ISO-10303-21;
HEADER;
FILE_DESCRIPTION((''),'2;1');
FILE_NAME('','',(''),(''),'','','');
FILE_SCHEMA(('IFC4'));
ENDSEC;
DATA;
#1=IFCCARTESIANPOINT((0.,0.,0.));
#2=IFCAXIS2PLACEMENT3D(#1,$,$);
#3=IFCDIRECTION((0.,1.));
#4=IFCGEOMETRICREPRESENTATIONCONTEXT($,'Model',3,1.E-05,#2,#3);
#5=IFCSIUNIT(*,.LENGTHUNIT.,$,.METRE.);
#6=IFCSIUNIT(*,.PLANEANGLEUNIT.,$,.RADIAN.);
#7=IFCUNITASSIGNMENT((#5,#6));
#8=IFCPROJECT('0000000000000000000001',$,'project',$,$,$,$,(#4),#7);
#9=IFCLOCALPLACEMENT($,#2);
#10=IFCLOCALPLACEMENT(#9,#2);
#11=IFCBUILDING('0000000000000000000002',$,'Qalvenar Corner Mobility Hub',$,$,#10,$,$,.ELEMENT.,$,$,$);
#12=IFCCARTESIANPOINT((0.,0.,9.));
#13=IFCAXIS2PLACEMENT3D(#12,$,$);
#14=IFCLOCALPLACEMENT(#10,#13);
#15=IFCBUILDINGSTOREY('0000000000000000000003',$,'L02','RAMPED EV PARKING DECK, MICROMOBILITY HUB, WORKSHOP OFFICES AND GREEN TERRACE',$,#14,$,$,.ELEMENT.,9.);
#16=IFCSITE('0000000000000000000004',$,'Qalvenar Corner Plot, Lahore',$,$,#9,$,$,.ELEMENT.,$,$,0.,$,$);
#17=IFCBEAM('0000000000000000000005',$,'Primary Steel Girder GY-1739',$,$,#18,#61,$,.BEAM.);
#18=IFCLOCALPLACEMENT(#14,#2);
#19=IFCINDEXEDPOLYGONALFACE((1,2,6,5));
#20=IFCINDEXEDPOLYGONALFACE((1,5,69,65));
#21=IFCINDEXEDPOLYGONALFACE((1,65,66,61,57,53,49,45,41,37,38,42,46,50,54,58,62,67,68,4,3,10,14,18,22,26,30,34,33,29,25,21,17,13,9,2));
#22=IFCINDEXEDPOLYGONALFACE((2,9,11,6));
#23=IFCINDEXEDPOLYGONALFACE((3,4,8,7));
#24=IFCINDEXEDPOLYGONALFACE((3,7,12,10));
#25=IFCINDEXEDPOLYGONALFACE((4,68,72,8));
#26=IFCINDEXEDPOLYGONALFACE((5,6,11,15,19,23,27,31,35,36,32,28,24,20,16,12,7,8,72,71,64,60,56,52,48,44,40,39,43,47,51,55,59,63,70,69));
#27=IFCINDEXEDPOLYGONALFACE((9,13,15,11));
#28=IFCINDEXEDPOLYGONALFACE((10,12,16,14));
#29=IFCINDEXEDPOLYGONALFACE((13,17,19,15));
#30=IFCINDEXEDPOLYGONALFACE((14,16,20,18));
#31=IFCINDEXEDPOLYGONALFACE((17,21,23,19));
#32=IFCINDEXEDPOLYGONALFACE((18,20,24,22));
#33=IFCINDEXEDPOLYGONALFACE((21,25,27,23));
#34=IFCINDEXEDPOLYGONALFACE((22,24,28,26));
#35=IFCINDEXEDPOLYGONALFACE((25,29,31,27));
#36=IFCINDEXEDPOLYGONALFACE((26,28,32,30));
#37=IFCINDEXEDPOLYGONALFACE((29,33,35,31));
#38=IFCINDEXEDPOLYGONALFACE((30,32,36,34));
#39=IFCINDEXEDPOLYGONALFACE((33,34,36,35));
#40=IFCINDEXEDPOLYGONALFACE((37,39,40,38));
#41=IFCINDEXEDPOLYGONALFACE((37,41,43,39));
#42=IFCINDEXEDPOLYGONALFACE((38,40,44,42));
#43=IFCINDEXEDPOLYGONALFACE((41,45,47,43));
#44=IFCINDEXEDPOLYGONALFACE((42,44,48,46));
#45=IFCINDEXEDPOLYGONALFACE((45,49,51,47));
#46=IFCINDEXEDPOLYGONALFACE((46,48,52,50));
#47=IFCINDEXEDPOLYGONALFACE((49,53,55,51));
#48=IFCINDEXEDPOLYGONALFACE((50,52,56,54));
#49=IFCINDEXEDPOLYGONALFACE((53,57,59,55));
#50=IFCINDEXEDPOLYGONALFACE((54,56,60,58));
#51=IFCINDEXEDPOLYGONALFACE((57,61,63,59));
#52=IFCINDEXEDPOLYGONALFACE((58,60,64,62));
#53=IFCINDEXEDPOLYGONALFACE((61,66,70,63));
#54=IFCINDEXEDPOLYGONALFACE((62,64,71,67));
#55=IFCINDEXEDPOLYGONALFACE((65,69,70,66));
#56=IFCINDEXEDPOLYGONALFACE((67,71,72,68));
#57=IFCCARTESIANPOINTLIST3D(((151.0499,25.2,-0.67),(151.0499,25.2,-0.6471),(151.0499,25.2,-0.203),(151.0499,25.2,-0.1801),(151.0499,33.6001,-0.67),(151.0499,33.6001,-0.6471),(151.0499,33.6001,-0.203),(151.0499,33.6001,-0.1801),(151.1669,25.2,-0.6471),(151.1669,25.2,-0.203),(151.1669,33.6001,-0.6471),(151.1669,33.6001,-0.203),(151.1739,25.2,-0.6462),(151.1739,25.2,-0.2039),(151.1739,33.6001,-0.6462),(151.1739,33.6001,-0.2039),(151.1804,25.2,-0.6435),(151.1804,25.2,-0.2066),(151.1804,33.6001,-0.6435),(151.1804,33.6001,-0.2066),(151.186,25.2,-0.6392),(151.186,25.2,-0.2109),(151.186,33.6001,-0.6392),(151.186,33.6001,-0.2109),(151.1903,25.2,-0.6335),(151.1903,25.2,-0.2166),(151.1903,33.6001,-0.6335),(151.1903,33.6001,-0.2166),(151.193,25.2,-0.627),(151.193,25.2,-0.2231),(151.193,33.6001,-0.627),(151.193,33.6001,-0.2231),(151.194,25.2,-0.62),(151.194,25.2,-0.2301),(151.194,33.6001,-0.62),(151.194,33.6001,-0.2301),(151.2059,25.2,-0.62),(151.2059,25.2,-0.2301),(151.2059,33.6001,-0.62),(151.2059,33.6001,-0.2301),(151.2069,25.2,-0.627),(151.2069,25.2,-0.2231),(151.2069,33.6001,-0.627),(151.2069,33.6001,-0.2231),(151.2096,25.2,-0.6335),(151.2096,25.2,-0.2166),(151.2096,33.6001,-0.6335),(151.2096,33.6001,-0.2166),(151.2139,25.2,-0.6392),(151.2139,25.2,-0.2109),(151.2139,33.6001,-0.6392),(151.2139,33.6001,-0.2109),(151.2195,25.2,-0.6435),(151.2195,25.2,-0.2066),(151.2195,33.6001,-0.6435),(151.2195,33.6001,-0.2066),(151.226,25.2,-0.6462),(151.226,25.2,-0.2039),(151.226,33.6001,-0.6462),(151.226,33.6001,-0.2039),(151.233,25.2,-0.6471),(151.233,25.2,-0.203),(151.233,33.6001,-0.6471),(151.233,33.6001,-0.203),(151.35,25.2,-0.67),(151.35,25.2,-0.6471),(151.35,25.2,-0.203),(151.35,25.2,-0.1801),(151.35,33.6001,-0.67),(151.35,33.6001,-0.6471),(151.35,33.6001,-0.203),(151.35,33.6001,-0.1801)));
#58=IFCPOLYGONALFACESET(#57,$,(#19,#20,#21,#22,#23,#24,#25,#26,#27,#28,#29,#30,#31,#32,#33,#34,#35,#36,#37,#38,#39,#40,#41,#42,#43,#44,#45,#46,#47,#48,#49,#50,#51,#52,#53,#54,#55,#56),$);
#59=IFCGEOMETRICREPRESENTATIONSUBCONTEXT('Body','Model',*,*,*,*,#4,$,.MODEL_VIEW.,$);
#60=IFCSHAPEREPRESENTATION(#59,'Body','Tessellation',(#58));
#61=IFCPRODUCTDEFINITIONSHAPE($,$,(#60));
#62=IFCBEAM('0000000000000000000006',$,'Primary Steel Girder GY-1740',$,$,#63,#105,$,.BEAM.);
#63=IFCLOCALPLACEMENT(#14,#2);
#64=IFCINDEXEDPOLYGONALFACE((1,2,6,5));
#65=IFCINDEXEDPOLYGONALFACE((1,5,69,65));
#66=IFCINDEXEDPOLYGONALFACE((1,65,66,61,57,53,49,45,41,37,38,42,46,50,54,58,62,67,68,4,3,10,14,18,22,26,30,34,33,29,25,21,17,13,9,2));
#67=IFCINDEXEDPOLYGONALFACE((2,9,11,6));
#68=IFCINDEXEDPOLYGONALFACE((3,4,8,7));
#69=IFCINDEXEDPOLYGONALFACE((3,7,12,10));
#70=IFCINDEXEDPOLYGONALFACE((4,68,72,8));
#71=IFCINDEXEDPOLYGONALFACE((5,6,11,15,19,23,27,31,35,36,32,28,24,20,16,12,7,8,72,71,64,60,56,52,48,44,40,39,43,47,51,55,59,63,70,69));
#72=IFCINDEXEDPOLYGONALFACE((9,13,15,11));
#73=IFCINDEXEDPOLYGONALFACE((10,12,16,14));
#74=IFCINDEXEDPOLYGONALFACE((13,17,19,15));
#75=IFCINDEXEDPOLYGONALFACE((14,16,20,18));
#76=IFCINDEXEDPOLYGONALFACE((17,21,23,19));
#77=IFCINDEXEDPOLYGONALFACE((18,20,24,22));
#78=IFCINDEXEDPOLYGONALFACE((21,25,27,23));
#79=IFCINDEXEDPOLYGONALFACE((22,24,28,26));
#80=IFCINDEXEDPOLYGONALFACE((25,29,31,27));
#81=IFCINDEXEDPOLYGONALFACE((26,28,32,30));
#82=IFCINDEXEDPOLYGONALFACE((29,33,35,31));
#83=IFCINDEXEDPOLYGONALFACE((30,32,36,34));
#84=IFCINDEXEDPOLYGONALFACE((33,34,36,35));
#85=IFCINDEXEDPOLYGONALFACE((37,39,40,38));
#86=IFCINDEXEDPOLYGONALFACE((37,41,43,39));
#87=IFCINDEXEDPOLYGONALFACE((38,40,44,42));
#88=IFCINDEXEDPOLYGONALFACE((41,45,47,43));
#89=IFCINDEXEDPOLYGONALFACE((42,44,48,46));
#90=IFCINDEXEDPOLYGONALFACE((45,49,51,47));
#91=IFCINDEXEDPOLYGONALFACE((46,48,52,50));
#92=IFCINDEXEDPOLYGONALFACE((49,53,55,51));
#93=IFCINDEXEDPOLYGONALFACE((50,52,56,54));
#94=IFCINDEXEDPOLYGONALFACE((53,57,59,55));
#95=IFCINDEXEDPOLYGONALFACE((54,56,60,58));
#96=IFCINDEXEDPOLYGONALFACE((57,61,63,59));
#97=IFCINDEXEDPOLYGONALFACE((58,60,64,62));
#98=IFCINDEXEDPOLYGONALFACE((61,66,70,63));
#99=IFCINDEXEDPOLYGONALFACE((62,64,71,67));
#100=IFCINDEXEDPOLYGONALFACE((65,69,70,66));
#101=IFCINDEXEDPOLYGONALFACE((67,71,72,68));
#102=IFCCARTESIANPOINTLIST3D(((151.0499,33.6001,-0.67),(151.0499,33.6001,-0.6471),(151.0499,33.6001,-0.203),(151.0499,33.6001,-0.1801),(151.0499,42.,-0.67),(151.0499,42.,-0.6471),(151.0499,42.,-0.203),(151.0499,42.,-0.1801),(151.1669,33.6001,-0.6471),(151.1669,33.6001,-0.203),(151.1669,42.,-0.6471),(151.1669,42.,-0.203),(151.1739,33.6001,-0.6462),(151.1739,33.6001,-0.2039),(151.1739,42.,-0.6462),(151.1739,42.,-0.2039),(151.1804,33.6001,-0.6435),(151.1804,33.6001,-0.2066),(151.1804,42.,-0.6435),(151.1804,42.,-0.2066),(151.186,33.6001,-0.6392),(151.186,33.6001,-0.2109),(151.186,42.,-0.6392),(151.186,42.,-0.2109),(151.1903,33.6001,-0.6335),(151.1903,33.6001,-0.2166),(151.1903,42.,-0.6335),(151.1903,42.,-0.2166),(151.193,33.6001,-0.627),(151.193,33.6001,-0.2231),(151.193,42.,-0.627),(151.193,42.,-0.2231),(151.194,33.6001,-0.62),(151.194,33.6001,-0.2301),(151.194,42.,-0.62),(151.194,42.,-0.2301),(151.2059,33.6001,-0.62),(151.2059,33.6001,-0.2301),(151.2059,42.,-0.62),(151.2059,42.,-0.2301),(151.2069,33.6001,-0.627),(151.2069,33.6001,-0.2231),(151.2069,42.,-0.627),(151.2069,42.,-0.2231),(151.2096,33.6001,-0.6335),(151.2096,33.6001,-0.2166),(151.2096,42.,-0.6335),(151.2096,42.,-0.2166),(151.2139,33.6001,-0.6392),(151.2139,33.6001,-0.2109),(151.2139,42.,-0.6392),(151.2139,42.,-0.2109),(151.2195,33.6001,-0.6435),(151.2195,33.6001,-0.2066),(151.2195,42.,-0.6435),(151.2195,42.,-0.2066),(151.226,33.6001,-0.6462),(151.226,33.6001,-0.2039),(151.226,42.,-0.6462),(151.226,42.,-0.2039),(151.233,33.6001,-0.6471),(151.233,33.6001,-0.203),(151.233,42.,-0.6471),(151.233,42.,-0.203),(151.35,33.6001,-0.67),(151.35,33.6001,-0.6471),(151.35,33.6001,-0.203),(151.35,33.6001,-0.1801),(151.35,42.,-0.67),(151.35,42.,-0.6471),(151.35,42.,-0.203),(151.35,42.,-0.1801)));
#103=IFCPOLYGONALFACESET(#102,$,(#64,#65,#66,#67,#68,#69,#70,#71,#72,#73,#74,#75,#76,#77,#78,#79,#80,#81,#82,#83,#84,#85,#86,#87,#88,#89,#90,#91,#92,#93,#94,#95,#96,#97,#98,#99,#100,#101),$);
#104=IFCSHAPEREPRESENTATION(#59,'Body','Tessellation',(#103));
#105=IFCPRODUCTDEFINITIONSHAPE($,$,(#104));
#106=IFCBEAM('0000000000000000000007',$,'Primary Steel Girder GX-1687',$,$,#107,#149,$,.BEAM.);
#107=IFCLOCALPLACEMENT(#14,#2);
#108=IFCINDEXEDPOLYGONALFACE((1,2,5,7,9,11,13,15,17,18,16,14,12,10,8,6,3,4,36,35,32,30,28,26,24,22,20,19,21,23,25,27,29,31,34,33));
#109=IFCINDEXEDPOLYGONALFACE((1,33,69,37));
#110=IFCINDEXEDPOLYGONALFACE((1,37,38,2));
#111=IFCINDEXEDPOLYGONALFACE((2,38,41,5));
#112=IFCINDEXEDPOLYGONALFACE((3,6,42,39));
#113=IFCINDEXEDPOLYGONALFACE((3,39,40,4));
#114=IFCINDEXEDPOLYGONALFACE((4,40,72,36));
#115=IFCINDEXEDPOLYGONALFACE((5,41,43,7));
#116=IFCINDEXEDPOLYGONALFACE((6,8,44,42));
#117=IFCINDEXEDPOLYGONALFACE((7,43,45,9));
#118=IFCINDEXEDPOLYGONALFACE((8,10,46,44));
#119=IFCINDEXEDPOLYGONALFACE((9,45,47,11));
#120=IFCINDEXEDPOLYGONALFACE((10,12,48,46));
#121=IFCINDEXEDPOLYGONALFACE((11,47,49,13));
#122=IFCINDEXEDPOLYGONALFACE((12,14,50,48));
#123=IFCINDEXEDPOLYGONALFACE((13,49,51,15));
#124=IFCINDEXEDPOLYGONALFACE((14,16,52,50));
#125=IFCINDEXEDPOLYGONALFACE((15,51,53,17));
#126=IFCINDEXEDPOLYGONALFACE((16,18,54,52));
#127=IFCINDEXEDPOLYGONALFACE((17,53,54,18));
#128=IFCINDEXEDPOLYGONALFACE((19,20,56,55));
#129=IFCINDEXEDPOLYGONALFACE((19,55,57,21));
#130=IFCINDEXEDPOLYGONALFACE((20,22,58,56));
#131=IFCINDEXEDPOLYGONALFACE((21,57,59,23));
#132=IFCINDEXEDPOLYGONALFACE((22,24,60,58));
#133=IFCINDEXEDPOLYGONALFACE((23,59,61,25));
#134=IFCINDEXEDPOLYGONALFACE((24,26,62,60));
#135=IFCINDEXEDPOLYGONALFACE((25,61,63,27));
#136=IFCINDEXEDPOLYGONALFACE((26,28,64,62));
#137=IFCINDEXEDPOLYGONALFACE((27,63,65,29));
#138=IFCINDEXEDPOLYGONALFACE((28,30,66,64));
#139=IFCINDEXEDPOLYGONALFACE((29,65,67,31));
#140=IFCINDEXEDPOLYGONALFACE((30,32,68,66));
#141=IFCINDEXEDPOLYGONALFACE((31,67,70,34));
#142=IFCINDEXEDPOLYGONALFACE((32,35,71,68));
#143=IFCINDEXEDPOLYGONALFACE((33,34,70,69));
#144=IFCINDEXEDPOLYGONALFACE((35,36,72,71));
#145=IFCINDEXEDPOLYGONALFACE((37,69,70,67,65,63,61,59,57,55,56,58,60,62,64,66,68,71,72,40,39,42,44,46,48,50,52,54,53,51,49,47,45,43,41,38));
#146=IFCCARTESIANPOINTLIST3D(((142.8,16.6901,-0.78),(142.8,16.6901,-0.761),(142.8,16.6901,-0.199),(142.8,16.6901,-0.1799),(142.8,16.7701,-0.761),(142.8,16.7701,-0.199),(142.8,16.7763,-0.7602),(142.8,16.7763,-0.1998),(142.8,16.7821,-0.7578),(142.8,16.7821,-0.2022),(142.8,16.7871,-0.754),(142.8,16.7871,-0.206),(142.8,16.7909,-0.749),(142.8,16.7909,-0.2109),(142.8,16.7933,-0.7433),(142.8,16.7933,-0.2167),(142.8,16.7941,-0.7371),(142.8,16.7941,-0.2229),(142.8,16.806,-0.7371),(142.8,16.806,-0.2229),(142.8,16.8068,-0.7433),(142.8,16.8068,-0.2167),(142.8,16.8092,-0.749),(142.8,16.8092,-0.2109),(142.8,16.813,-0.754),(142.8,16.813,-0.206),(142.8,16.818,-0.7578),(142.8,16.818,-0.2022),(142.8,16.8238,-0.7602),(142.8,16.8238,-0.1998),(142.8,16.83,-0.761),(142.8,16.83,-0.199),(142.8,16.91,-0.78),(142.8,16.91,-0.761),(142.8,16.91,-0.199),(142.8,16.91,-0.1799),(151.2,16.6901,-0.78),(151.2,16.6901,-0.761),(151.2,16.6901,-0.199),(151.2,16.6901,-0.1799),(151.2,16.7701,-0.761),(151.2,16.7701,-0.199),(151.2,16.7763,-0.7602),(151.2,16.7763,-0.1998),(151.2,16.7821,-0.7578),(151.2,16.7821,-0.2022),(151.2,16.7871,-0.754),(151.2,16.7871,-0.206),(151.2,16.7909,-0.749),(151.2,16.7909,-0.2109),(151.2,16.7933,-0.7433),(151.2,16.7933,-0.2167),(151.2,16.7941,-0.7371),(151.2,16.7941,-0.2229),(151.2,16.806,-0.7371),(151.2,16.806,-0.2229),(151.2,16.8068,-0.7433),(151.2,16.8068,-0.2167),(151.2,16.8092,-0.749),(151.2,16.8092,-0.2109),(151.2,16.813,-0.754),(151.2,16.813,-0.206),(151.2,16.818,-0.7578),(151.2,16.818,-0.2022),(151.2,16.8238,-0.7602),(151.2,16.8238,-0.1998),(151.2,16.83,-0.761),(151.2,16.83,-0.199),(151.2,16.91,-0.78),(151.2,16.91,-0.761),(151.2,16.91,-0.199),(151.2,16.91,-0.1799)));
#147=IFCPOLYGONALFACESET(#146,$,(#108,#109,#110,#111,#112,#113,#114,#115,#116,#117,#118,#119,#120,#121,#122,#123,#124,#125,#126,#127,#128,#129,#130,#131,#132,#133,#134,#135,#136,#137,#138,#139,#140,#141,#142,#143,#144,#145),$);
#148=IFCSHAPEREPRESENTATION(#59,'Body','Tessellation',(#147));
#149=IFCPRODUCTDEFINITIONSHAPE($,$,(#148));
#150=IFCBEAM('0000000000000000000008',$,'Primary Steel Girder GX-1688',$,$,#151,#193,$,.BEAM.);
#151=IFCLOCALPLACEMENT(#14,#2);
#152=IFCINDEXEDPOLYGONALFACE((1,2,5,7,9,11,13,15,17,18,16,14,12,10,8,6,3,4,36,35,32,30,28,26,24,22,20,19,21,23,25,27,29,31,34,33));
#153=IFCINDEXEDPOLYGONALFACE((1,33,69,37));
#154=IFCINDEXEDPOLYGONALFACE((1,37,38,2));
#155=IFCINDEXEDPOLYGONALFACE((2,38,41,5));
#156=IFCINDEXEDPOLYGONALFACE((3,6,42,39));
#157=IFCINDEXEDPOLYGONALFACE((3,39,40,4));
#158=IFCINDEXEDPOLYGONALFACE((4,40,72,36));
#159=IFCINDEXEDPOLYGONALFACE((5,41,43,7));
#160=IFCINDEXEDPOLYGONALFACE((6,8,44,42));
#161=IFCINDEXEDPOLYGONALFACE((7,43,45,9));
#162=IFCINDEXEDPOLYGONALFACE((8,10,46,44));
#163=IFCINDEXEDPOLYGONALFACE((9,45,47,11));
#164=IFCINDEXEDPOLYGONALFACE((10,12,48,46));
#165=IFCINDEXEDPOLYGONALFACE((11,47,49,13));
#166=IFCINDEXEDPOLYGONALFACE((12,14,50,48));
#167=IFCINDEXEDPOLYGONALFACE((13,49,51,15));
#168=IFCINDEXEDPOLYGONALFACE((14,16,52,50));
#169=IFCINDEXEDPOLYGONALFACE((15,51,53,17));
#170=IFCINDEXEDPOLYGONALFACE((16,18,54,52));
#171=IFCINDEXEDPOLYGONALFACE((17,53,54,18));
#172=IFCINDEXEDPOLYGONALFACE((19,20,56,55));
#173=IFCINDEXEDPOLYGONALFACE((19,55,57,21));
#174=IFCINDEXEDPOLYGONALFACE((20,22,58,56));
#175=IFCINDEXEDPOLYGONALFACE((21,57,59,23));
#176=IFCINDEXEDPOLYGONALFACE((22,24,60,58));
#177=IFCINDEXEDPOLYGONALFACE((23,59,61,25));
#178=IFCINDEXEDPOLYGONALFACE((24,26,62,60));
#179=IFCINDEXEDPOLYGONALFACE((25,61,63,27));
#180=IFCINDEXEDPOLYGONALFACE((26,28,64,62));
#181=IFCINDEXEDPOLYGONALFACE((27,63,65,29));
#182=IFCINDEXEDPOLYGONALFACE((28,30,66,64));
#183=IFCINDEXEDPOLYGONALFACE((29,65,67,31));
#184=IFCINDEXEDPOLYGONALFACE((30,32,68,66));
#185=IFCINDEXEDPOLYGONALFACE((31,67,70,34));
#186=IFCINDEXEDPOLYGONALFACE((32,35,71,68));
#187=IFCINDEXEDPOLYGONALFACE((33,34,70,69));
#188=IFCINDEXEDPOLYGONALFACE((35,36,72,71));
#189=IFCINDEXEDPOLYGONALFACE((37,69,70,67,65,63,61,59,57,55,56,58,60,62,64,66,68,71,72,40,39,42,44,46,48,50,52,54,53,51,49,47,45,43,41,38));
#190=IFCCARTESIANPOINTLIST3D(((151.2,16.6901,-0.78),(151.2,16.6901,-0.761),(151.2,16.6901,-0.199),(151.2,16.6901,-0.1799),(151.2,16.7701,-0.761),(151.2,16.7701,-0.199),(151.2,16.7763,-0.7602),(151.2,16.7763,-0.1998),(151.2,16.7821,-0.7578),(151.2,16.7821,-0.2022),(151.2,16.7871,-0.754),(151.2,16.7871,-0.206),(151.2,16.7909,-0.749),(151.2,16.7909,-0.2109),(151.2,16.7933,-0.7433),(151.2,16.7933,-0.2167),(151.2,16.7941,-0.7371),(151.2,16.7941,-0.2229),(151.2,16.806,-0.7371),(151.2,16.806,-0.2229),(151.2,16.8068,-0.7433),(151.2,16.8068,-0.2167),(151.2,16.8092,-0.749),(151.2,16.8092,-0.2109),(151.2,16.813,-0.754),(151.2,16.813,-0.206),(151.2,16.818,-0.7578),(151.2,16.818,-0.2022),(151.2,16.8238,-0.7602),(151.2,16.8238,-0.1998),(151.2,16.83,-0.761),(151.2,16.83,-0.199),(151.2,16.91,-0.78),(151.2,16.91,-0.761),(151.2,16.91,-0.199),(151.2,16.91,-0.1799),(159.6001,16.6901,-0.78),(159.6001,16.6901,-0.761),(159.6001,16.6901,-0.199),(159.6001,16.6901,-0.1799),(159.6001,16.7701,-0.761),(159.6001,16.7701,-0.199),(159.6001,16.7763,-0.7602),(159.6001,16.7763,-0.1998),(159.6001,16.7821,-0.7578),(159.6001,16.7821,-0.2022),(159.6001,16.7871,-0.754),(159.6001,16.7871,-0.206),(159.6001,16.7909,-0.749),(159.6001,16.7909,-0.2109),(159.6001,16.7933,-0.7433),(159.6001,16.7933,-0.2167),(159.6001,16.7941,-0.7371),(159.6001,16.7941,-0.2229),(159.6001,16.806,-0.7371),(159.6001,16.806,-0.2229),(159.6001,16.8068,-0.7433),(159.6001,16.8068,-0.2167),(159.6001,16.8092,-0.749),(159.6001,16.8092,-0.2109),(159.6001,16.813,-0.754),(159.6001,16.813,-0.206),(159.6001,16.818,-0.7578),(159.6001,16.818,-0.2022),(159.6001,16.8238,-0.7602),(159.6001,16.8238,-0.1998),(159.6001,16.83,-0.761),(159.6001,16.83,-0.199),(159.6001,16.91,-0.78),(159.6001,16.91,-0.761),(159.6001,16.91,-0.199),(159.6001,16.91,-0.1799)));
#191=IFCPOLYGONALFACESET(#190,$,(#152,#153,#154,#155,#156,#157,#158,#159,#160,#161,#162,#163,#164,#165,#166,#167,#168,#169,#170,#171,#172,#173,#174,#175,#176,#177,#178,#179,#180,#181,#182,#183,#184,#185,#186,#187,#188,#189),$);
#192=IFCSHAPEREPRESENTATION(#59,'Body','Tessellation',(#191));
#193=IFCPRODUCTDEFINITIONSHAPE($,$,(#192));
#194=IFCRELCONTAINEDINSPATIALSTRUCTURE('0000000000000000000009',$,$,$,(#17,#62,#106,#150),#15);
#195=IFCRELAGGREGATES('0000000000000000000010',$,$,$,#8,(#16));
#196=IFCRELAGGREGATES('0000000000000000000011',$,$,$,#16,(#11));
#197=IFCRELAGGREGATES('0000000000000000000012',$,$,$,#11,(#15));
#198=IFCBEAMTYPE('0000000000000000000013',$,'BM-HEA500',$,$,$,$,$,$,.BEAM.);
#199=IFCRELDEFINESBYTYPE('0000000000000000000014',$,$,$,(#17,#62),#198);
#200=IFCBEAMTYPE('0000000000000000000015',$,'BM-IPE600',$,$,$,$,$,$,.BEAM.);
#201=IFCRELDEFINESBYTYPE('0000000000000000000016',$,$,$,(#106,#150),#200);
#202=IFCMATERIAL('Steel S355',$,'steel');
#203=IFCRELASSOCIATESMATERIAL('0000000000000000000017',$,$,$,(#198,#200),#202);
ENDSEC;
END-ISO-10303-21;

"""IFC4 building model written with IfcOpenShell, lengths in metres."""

from ifc_helpers import new_model, si_unit, direction, frame, origin, origin_2d, place, context, subcontext, project, spatial, i_section, extrude, material, material_profile, profile_set, type_object, element, save


model = new_model("IFC4")

# Units and contexts
model_context = context("Model", 3, precision=1e-05, world=origin(), true_north=direction((0.0, 1.0)))
body_context = subcontext(model_context, "Body", "Model", "MODEL_VIEW")
ifc_project = project(units=[si_unit("LENGTHUNIT", "METRE"), si_unit("PLANEANGLEUNIT", "RADIAN")], contexts=[model_context])

# Site, building, storey
site_placement = place(None, origin())
site = spatial("IfcSite", under=ifc_project, at=site_placement, Name="Qalvenar Corner Plot, Lahore", CompositionType="ELEMENT", RefElevation=0.0)
building_placement = place(site_placement, origin())
building = spatial("IfcBuilding", under=site, at=building_placement, Name="Qalvenar Corner Mobility Hub", CompositionType="ELEMENT")
storey_placement = place(building_placement, frame((0.0, 0.0, 9.0)))
storey = spatial("IfcBuildingStorey", under=building, at=storey_placement, Name="L02", Description="RAMPED EV PARKING DECK, MICROMOBILITY HUB, WORKSHOP OFFICES AND GREEN TERRACE", CompositionType="ELEMENT", Elevation=9.0)

# Shared definitions
ifc_material_1 = material(Name="Steel S355", Category="steel")

# Beams
ifc_material_profile_1 = material_profile(ifc_material_1, i_section(OverallWidth=0.3, OverallDepth=0.49, WebThickness=0.012, FlangeThickness=0.0229, FilletRadius=0.0271, at=origin_2d()), Name="HEA500")
ifc_profile_set_1 = profile_set([ifc_material_profile_1], Name="Steel S355")
beam_type_1 = type_object("IfcBeamType", Name="BM-HEA500", PredefinedType="BEAM", material=ifc_profile_set_1)
beam_1_placement = place(storey_placement, frame((151.2, 25.2, -0.425), z_axis=(0.0, 1.0, 0.0), x_axis=(-1.0, 0.0, 0.0)))
element("IfcBeam", 1, at=beam_1_placement, inside=storey, type_object=beam_type_1, Name="Primary Steel Girder GY-1739", PredefinedType="BEAM", context=body_context, shape_type="SweptSolid", body=[
    extrude(i_section(OverallWidth=0.3, OverallDepth=0.49, WebThickness=0.012, FlangeThickness=0.0229, FilletRadius=0.0271, at=origin_2d()), origin(), (0.0, 0.0, 1.0), 8.4001),
])
beam_2_placement = place(storey_placement, frame((151.2, 33.6001, -0.425), z_axis=(0.0, 1.0, 0.0), x_axis=(-1.0, 0.0, 0.0)))
element("IfcBeam", 2, at=beam_2_placement, inside=storey, type_object=beam_type_1, Name="Primary Steel Girder GY-1740", PredefinedType="BEAM", context=body_context, shape_type="SweptSolid", body=[
    extrude(i_section(OverallWidth=0.3, OverallDepth=0.49, WebThickness=0.012, FlangeThickness=0.0229, FilletRadius=0.0271, at=origin_2d()), origin(), (0.0, 0.0, 1.0), 8.3999),
])
ifc_material_profile_2 = material_profile(ifc_material_1, i_section(OverallWidth=0.22, OverallDepth=0.6001, WebThickness=0.012, FlangeThickness=0.019, FilletRadius=0.0239, at=origin_2d()), Name="IPE600")
ifc_profile_set_2 = profile_set([ifc_material_profile_2], Name="Steel S355")
beam_type_2 = type_object("IfcBeamType", Name="BM-IPE600", PredefinedType="BEAM", material=ifc_profile_set_2)
beam_3_placement = place(storey_placement, frame((142.8, 16.8, -0.48), z_axis=(1.0, 0.0, 0.0), x_axis=(0.0, 1.0, 0.0)))
element("IfcBeam", 3, at=beam_3_placement, inside=storey, type_object=beam_type_2, Name="Primary Steel Girder GX-1687", PredefinedType="BEAM", context=body_context, shape_type="SweptSolid", body=[
    extrude(i_section(OverallWidth=0.22, OverallDepth=0.6001, WebThickness=0.012, FlangeThickness=0.019, FilletRadius=0.0239, at=origin_2d()), origin(), (0.0, 0.0, 1.0), 8.3999),
])
beam_4_placement = place(storey_placement, frame((151.2, 16.8, -0.48), z_axis=(1.0, 0.0, 0.0), x_axis=(0.0, 1.0, 0.0)))
element("IfcBeam", 4, at=beam_4_placement, inside=storey, type_object=beam_type_2, Name="Primary Steel Girder GX-1688", PredefinedType="BEAM", context=body_context, shape_type="SweptSolid", body=[
    extrude(i_section(OverallWidth=0.22, OverallDepth=0.6001, WebThickness=0.012, FlangeThickness=0.019, FilletRadius=0.0239, at=origin_2d()), origin(), (0.0, 0.0, 1.0), 8.4001),
])

save(model, "model.ifc")
